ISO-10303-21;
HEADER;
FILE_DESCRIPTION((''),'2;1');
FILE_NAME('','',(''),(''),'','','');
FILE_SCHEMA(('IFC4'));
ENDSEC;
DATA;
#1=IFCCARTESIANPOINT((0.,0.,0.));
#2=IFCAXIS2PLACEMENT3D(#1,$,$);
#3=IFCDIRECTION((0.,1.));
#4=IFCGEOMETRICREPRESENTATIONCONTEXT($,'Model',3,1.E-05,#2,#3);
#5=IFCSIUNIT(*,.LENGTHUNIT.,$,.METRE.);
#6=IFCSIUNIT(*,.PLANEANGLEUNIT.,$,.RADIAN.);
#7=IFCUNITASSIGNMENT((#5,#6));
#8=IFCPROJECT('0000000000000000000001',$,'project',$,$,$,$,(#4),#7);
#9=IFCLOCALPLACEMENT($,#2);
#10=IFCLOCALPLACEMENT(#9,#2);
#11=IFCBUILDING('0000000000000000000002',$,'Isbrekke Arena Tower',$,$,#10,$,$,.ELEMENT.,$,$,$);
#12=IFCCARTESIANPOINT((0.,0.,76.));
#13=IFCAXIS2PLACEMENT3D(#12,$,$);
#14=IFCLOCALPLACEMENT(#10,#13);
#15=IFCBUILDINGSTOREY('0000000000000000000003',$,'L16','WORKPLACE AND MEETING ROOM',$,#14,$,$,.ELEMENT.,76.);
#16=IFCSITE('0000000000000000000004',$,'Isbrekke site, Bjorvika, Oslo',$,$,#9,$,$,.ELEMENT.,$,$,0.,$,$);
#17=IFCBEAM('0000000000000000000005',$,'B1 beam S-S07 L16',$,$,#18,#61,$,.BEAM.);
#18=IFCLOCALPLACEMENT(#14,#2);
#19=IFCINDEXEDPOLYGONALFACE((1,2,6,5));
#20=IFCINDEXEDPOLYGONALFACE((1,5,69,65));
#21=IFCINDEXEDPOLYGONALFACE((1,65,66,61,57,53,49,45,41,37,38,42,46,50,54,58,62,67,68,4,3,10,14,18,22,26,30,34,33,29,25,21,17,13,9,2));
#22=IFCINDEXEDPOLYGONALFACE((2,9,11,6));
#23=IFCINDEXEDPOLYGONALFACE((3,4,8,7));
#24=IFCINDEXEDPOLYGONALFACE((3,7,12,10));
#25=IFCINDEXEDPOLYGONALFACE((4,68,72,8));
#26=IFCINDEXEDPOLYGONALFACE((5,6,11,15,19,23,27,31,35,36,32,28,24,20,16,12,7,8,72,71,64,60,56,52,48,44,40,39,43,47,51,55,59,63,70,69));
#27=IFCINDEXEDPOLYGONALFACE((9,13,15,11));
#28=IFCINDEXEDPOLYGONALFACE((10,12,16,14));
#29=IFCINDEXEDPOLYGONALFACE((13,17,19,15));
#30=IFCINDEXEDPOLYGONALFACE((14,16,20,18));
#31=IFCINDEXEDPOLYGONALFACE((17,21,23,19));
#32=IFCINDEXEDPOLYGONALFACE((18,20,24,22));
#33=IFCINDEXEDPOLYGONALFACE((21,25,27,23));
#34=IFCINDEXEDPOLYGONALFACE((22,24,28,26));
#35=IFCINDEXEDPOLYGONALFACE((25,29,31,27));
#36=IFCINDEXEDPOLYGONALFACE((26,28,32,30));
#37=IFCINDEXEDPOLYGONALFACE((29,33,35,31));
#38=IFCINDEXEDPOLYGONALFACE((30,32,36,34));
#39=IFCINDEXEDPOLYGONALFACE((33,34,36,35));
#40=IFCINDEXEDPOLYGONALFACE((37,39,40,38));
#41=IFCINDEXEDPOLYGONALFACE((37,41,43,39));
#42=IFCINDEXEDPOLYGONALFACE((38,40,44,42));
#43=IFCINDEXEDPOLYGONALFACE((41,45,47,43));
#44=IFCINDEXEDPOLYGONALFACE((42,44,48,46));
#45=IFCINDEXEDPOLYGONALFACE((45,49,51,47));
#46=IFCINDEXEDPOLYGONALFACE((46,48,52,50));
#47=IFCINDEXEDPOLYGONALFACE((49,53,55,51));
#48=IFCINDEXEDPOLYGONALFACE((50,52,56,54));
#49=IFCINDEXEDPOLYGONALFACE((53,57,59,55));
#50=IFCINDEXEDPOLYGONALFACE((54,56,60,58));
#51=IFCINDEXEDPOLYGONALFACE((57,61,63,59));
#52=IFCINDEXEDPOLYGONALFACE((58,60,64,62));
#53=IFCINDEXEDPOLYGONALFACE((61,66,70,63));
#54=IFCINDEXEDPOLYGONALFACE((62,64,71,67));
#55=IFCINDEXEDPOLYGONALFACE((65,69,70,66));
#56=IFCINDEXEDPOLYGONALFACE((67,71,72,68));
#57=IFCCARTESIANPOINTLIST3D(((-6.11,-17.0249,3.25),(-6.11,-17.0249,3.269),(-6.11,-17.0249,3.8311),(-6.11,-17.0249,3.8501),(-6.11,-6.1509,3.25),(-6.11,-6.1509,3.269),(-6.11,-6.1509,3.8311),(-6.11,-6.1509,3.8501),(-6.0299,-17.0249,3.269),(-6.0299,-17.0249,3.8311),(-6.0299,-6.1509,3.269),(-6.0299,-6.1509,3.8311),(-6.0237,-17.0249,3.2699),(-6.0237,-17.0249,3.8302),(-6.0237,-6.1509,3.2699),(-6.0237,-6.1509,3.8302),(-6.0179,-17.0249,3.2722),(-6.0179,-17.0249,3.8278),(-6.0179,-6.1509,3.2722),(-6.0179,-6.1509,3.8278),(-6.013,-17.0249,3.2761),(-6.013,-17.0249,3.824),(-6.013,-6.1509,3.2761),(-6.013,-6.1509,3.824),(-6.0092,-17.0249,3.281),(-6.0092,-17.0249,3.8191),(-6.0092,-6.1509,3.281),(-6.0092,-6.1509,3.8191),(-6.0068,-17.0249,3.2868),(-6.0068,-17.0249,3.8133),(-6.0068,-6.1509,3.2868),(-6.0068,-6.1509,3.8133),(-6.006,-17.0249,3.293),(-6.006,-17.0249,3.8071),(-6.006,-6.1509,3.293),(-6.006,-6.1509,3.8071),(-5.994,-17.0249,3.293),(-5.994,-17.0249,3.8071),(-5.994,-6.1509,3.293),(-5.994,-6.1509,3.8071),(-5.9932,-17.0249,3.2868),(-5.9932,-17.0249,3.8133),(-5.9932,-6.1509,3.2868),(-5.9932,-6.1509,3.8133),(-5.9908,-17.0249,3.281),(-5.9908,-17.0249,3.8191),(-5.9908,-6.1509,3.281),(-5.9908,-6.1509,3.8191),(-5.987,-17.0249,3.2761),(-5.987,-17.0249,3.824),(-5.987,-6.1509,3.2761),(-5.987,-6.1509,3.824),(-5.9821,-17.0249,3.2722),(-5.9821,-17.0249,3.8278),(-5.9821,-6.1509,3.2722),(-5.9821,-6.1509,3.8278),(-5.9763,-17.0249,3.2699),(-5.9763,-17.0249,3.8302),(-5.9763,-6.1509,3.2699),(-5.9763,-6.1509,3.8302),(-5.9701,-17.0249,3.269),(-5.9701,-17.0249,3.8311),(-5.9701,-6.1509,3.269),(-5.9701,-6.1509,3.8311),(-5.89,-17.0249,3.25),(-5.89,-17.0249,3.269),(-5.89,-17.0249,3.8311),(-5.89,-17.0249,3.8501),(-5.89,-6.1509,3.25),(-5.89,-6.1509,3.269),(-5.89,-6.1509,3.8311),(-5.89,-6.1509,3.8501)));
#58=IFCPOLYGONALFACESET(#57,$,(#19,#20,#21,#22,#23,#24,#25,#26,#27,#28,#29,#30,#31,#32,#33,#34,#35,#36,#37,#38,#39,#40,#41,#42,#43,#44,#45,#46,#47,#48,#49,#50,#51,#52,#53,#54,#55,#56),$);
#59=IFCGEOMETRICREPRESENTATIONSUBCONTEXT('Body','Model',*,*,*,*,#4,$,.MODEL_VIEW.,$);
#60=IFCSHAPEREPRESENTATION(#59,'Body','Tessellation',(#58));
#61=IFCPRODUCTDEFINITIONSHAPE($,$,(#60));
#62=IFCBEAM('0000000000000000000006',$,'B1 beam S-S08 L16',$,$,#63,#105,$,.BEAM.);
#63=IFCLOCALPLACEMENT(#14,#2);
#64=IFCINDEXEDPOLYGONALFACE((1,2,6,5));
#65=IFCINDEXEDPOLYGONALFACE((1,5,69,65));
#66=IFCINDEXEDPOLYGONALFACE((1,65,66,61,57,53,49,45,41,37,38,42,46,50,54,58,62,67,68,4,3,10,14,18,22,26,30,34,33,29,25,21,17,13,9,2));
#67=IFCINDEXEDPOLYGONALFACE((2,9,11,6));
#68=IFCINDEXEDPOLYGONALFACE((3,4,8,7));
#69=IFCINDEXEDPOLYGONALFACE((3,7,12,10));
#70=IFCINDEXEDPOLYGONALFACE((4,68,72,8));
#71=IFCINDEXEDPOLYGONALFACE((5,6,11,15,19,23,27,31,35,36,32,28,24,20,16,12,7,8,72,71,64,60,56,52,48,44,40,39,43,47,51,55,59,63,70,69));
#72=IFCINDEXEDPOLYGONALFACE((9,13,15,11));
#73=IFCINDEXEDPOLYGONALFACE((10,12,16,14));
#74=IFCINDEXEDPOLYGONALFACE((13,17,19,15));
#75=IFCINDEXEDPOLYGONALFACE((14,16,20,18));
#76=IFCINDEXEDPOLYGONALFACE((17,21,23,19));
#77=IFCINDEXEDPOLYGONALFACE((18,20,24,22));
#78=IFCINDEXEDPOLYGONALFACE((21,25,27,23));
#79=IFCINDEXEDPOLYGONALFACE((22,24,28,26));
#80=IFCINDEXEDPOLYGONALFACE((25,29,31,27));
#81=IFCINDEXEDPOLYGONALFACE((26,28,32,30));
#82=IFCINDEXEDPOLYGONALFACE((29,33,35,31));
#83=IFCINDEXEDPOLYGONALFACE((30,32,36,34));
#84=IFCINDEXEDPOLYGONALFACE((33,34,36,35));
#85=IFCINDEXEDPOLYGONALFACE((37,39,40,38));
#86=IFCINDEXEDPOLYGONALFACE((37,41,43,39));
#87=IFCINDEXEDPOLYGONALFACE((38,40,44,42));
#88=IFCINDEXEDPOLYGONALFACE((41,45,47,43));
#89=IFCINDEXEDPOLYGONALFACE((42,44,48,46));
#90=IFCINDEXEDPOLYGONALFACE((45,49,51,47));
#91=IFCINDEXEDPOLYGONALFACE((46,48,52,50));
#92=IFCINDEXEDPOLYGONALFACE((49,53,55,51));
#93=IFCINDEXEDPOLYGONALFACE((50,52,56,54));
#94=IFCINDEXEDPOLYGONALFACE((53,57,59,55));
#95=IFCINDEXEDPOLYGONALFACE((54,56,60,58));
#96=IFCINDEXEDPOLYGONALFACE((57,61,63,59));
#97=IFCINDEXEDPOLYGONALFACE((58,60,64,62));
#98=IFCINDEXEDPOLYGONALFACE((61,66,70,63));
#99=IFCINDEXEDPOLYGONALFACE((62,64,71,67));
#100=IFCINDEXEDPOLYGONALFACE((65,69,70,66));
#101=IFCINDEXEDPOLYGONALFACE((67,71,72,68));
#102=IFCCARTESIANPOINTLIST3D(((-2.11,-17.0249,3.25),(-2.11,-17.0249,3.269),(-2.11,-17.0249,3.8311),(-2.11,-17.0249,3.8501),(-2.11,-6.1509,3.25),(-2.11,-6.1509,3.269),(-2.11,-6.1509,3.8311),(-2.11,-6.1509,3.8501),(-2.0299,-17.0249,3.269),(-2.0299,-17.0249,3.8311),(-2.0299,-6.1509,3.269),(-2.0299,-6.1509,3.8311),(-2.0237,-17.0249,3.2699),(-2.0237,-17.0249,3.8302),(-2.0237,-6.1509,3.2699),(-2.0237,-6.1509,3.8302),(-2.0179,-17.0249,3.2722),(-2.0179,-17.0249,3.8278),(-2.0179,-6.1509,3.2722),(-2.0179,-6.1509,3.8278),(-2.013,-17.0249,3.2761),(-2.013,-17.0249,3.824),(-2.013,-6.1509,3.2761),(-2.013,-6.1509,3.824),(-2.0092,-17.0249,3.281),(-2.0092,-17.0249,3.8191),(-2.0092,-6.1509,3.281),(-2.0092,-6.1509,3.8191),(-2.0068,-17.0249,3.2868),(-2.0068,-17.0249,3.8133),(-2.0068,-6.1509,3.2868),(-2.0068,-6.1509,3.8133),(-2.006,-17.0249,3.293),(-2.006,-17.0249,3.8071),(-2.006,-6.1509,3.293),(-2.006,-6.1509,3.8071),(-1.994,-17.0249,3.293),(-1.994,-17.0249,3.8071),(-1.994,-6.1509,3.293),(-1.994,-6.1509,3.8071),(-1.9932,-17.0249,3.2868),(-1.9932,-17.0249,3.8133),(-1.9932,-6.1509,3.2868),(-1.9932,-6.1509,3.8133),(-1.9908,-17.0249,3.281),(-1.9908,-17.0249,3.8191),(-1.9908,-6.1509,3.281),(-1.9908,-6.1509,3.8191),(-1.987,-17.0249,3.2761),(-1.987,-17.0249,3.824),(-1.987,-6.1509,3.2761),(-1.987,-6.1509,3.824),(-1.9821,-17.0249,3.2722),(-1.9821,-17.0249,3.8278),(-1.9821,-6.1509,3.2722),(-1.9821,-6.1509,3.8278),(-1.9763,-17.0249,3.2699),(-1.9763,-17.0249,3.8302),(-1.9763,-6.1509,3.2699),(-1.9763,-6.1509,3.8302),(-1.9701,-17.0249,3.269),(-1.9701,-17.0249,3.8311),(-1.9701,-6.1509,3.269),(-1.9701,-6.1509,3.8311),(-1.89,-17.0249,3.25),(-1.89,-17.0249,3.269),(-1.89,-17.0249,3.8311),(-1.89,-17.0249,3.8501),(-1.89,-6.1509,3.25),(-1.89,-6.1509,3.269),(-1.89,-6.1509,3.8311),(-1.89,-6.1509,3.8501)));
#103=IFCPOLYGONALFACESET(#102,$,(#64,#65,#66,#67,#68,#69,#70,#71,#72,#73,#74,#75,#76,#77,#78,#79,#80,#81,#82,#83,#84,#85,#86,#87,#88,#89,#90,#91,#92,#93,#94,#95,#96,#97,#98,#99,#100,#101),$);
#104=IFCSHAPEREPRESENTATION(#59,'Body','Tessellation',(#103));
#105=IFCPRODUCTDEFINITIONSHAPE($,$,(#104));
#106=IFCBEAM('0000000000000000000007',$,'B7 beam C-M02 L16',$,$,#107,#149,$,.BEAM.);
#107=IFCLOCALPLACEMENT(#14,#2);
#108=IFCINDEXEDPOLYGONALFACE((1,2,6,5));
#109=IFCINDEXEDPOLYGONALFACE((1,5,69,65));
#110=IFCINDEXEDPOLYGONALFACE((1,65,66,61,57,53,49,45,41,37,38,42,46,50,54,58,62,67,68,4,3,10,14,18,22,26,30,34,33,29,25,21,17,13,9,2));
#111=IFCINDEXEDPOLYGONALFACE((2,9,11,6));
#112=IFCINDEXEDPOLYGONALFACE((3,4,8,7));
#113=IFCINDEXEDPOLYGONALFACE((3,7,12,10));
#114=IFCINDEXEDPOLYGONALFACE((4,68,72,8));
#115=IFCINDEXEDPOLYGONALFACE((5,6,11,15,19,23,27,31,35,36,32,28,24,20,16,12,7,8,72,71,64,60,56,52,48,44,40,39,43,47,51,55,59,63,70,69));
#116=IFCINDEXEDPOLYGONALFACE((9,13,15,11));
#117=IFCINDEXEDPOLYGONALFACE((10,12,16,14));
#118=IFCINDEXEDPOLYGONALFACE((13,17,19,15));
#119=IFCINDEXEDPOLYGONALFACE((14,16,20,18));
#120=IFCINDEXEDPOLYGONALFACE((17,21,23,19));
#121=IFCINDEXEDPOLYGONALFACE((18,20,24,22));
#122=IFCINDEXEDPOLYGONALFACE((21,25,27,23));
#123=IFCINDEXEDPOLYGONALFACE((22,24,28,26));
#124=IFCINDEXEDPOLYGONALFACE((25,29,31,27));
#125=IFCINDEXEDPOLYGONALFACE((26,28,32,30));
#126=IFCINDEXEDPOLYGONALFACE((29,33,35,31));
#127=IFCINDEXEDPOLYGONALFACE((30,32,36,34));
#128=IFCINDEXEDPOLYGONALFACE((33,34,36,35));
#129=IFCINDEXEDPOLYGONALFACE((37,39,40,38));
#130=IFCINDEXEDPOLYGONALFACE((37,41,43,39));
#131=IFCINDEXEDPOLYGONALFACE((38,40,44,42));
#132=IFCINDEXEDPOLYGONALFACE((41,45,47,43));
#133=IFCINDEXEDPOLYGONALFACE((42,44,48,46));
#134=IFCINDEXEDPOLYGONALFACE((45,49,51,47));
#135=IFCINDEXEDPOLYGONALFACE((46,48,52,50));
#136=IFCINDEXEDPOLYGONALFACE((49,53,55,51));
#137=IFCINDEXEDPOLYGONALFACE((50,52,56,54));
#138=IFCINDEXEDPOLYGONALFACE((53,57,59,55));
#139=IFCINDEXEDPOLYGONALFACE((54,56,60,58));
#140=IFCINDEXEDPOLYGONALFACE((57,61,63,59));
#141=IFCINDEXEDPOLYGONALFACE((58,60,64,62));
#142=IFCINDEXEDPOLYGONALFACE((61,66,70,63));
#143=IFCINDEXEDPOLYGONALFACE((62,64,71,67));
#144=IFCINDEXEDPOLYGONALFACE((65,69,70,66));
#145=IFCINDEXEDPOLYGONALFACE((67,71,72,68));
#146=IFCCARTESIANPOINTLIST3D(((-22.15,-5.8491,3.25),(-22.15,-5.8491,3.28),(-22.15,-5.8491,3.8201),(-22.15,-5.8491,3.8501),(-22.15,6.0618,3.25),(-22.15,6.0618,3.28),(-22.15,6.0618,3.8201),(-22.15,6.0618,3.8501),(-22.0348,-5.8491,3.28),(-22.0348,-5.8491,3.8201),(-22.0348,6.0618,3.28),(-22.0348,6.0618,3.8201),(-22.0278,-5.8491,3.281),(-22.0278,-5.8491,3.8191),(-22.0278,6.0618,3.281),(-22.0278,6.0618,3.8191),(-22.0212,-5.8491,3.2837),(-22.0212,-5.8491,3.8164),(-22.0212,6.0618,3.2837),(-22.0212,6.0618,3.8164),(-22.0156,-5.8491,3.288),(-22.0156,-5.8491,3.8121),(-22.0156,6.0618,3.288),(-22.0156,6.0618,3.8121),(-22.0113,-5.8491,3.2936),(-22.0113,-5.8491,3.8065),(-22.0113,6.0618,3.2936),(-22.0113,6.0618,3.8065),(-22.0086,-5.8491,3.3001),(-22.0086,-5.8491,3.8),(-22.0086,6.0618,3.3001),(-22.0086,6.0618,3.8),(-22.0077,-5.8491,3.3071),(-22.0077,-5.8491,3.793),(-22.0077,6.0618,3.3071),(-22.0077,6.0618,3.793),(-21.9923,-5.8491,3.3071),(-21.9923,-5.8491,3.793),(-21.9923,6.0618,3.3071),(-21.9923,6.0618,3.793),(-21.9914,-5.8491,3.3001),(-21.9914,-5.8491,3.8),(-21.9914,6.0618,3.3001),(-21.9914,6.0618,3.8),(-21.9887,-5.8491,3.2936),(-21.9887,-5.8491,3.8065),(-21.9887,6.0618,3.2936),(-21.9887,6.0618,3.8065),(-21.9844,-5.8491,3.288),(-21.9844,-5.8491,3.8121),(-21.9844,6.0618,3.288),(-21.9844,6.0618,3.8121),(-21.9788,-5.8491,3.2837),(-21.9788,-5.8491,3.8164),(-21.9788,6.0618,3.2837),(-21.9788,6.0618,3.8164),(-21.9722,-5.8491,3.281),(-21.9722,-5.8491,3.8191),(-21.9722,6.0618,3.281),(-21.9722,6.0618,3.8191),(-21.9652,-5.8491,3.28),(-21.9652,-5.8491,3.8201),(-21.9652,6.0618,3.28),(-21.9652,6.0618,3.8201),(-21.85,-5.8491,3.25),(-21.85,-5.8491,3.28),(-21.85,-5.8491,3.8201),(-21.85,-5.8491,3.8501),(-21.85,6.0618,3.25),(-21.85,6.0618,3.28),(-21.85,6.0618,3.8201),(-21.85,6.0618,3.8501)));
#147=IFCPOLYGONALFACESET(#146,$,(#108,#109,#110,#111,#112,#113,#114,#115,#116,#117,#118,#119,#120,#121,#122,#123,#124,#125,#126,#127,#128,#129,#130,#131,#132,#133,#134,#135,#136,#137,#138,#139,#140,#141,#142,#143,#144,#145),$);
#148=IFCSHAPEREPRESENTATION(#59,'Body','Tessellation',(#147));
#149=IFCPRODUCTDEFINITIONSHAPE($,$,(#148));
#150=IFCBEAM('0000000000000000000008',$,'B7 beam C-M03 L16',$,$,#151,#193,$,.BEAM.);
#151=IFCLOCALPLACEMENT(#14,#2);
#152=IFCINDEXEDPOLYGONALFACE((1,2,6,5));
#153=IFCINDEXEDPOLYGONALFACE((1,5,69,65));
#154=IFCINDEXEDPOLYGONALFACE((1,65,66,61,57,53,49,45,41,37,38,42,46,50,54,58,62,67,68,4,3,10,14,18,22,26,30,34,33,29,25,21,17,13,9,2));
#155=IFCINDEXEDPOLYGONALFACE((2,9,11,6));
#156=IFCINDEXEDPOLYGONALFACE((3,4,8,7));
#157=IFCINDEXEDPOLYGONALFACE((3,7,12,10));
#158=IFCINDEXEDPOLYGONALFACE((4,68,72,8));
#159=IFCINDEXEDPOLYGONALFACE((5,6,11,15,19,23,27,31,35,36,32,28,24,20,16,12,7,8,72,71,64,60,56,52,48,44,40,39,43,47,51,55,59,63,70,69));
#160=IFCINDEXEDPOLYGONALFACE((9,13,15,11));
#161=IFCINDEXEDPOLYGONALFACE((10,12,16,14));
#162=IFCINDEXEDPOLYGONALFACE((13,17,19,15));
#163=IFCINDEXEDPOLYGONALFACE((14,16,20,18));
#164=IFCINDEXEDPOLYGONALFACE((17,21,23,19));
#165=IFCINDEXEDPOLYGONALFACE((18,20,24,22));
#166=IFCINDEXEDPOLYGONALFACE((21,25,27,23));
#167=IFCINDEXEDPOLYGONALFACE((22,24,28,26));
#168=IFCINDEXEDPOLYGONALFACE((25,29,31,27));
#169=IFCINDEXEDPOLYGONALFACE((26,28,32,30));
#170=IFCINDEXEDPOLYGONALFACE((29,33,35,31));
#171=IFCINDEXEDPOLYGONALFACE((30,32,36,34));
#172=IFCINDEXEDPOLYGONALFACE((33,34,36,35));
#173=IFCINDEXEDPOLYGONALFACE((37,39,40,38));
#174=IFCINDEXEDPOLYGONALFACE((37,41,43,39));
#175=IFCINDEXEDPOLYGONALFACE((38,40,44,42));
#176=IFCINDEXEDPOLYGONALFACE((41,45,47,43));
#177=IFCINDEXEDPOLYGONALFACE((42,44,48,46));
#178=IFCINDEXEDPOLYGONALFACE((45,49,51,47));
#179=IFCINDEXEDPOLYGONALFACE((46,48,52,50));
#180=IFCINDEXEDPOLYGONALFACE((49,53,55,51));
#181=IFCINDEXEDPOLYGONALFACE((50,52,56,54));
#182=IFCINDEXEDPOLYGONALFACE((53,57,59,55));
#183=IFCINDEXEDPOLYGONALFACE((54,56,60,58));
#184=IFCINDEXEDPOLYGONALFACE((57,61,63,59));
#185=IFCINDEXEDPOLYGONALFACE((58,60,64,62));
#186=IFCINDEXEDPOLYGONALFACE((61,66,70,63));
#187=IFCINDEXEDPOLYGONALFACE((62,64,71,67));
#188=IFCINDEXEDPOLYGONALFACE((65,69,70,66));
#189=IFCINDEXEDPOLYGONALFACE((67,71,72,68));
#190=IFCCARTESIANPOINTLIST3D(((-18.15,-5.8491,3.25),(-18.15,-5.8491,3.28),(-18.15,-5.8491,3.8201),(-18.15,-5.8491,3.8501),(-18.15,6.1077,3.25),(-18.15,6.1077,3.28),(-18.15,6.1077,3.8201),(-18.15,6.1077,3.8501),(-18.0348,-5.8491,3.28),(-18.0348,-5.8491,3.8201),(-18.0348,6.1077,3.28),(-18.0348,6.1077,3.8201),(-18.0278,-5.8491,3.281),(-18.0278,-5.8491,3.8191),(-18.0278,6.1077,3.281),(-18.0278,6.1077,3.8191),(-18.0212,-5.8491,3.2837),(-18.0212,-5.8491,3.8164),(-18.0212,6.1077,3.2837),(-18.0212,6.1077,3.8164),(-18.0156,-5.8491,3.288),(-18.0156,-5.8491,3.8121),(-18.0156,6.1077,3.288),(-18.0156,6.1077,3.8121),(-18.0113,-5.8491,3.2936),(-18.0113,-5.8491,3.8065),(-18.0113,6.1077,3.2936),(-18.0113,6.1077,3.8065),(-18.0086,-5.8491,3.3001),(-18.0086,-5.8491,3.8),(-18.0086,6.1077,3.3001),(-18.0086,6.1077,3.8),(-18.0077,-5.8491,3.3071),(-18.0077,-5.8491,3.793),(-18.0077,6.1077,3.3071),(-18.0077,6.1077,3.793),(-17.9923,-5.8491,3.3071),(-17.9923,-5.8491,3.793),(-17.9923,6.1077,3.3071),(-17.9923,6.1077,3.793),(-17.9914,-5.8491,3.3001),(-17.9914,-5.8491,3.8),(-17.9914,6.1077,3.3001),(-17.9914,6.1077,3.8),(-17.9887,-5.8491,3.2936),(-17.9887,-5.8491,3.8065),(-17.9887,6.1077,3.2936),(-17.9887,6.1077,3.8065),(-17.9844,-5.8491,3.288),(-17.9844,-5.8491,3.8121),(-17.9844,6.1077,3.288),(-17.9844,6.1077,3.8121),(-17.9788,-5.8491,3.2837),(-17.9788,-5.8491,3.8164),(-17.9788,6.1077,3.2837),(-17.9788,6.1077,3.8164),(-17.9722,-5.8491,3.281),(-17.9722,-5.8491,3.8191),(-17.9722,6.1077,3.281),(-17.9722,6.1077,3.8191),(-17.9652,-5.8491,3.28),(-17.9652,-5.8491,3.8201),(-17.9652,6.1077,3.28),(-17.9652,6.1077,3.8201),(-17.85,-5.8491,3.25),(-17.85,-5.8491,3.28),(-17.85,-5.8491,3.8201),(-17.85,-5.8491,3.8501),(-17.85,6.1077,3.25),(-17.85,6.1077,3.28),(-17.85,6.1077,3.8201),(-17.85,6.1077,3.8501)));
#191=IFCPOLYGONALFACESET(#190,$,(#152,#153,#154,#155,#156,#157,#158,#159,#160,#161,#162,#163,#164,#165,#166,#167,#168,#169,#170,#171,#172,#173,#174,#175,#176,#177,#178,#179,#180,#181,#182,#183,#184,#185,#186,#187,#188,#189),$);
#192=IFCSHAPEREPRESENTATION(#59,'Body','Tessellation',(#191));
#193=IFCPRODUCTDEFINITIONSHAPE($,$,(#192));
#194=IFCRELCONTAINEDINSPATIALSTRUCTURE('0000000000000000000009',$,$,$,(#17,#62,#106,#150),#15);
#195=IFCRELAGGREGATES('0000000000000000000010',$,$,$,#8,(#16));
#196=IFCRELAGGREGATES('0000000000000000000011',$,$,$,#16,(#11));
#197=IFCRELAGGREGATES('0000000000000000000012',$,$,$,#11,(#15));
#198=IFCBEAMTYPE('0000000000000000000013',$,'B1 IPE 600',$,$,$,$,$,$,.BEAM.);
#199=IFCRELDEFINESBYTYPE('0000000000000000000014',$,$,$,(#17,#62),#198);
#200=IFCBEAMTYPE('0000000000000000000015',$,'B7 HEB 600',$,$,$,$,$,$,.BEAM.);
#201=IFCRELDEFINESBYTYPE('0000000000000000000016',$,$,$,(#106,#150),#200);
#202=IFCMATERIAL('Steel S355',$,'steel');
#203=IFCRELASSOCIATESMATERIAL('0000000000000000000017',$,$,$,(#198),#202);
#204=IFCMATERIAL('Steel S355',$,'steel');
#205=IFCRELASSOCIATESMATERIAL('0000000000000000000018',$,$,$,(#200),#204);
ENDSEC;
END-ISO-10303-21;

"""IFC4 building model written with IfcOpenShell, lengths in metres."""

from ifc_helpers import new_model, si_unit, direction, frame, origin, origin_2d, place, context, subcontext, project, spatial, i_section, extrude, material, material_profile, profile_set, type_object, element, save


model = new_model("IFC4")

# Units and contexts
model_context = context("Model", 3, precision=1e-05, world=origin(), true_north=direction((0.0, 1.0)))
body_context = subcontext(model_context, "Body", "Model", "MODEL_VIEW")
ifc_project = project(units=[si_unit("LENGTHUNIT", "METRE"), si_unit("PLANEANGLEUNIT", "RADIAN")], contexts=[model_context])

# Site, building, storey
site_placement = place(None, origin())
site = spatial("IfcSite", under=ifc_project, at=site_placement, Name="Isbrekke site, Bjorvika, Oslo", CompositionType="ELEMENT", RefElevation=0.0)
building_placement = place(site_placement, origin())
building = spatial("IfcBuilding", under=site, at=building_placement, Name="Isbrekke Arena Tower", CompositionType="ELEMENT")
storey_placement = place(building_placement, frame((0.0, 0.0, 76.0)))
storey = spatial("IfcBuildingStorey", under=building, at=storey_placement, Name="L16", Description="WORKPLACE AND MEETING ROOM", CompositionType="ELEMENT", Elevation=76.0)

# Beams
ifc_material_1 = material(Name="Steel S355", Category="steel")
ifc_material_profile_1 = material_profile(ifc_material_1, i_section(OverallWidth=0.22, OverallDepth=0.6001, WebThickness=0.012, FlangeThickness=0.019, FilletRadius=0.0239, at=origin_2d()), Name="IPE 600")
ifc_profile_set_1 = profile_set([ifc_material_profile_1], Name="Steel S355")
beam_type_1 = type_object("IfcBeamType", Name="B1 IPE 600", PredefinedType="BEAM", material=ifc_profile_set_1)
for number, where, z_axis, x_axis, name in (
    (1, (-6.0, -17.0249, 3.55), (0.0, 1.0, 0.0), (-1.0, 0.0, 0.0), "B1 beam S-S07 L16"),
    (2, (-2.0, -17.0249, 3.55), (0.0, 1.0, 0.0), (-1.0, 0.0, 0.0), "B1 beam S-S08 L16"),
):
    element("IfcBeam", number, at=place(storey_placement, frame(where, z_axis=z_axis, x_axis=x_axis)), inside=storey, type_object=beam_type_1, Name=name, PredefinedType="BEAM", context=body_context, shape_type="SweptSolid", body=[
        extrude(i_section(OverallWidth=0.22, OverallDepth=0.6001, WebThickness=0.012, FlangeThickness=0.019, FilletRadius=0.0239, at=origin_2d()), origin(), (0.0, 0.0, 1.0), 10.874),
    ])
ifc_material_2 = material(Name="Steel S355", Category="steel")
ifc_material_profile_2 = material_profile(ifc_material_2, i_section(OverallWidth=0.3, OverallDepth=0.6001, WebThickness=0.0154, FlangeThickness=0.03, FilletRadius=0.0271, at=origin_2d()), Name="HEB 600")
ifc_profile_set_2 = profile_set([ifc_material_profile_2], Name="Steel S355")
beam_type_2 = type_object("IfcBeamType", Name="B7 HEB 600", PredefinedType="BEAM", material=ifc_profile_set_2)
beam_1_placement = place(storey_placement, frame((-22.0, -5.8491, 3.55), z_axis=(0.0, 1.0, 0.0), x_axis=(-1.0, 0.0, 0.0)))
element("IfcBeam", 3, at=beam_1_placement, inside=storey, type_object=beam_type_2, Name="B7 beam C-M02 L16", PredefinedType="BEAM", context=body_context, shape_type="SweptSolid", body=[
    extrude(i_section(OverallWidth=0.3, OverallDepth=0.6001, WebThickness=0.0154, FlangeThickness=0.03, FilletRadius=0.0271, at=origin_2d()), origin(), (0.0, 0.0, 1.0), 11.9109),
])
beam_2_placement = place(storey_placement, frame((-18.0, -5.8491, 3.55), z_axis=(0.0, 1.0, 0.0), x_axis=(-1.0, 0.0, 0.0)))
element("IfcBeam", 4, at=beam_2_placement, inside=storey, type_object=beam_type_2, Name="B7 beam C-M03 L16", PredefinedType="BEAM", context=body_context, shape_type="SweptSolid", body=[
    extrude(i_section(OverallWidth=0.3, OverallDepth=0.6001, WebThickness=0.0154, FlangeThickness=0.03, FilletRadius=0.0271, at=origin_2d()), origin(), (0.0, 0.0, 1.0), 11.9568),
])

save(model, "model.ifc")
